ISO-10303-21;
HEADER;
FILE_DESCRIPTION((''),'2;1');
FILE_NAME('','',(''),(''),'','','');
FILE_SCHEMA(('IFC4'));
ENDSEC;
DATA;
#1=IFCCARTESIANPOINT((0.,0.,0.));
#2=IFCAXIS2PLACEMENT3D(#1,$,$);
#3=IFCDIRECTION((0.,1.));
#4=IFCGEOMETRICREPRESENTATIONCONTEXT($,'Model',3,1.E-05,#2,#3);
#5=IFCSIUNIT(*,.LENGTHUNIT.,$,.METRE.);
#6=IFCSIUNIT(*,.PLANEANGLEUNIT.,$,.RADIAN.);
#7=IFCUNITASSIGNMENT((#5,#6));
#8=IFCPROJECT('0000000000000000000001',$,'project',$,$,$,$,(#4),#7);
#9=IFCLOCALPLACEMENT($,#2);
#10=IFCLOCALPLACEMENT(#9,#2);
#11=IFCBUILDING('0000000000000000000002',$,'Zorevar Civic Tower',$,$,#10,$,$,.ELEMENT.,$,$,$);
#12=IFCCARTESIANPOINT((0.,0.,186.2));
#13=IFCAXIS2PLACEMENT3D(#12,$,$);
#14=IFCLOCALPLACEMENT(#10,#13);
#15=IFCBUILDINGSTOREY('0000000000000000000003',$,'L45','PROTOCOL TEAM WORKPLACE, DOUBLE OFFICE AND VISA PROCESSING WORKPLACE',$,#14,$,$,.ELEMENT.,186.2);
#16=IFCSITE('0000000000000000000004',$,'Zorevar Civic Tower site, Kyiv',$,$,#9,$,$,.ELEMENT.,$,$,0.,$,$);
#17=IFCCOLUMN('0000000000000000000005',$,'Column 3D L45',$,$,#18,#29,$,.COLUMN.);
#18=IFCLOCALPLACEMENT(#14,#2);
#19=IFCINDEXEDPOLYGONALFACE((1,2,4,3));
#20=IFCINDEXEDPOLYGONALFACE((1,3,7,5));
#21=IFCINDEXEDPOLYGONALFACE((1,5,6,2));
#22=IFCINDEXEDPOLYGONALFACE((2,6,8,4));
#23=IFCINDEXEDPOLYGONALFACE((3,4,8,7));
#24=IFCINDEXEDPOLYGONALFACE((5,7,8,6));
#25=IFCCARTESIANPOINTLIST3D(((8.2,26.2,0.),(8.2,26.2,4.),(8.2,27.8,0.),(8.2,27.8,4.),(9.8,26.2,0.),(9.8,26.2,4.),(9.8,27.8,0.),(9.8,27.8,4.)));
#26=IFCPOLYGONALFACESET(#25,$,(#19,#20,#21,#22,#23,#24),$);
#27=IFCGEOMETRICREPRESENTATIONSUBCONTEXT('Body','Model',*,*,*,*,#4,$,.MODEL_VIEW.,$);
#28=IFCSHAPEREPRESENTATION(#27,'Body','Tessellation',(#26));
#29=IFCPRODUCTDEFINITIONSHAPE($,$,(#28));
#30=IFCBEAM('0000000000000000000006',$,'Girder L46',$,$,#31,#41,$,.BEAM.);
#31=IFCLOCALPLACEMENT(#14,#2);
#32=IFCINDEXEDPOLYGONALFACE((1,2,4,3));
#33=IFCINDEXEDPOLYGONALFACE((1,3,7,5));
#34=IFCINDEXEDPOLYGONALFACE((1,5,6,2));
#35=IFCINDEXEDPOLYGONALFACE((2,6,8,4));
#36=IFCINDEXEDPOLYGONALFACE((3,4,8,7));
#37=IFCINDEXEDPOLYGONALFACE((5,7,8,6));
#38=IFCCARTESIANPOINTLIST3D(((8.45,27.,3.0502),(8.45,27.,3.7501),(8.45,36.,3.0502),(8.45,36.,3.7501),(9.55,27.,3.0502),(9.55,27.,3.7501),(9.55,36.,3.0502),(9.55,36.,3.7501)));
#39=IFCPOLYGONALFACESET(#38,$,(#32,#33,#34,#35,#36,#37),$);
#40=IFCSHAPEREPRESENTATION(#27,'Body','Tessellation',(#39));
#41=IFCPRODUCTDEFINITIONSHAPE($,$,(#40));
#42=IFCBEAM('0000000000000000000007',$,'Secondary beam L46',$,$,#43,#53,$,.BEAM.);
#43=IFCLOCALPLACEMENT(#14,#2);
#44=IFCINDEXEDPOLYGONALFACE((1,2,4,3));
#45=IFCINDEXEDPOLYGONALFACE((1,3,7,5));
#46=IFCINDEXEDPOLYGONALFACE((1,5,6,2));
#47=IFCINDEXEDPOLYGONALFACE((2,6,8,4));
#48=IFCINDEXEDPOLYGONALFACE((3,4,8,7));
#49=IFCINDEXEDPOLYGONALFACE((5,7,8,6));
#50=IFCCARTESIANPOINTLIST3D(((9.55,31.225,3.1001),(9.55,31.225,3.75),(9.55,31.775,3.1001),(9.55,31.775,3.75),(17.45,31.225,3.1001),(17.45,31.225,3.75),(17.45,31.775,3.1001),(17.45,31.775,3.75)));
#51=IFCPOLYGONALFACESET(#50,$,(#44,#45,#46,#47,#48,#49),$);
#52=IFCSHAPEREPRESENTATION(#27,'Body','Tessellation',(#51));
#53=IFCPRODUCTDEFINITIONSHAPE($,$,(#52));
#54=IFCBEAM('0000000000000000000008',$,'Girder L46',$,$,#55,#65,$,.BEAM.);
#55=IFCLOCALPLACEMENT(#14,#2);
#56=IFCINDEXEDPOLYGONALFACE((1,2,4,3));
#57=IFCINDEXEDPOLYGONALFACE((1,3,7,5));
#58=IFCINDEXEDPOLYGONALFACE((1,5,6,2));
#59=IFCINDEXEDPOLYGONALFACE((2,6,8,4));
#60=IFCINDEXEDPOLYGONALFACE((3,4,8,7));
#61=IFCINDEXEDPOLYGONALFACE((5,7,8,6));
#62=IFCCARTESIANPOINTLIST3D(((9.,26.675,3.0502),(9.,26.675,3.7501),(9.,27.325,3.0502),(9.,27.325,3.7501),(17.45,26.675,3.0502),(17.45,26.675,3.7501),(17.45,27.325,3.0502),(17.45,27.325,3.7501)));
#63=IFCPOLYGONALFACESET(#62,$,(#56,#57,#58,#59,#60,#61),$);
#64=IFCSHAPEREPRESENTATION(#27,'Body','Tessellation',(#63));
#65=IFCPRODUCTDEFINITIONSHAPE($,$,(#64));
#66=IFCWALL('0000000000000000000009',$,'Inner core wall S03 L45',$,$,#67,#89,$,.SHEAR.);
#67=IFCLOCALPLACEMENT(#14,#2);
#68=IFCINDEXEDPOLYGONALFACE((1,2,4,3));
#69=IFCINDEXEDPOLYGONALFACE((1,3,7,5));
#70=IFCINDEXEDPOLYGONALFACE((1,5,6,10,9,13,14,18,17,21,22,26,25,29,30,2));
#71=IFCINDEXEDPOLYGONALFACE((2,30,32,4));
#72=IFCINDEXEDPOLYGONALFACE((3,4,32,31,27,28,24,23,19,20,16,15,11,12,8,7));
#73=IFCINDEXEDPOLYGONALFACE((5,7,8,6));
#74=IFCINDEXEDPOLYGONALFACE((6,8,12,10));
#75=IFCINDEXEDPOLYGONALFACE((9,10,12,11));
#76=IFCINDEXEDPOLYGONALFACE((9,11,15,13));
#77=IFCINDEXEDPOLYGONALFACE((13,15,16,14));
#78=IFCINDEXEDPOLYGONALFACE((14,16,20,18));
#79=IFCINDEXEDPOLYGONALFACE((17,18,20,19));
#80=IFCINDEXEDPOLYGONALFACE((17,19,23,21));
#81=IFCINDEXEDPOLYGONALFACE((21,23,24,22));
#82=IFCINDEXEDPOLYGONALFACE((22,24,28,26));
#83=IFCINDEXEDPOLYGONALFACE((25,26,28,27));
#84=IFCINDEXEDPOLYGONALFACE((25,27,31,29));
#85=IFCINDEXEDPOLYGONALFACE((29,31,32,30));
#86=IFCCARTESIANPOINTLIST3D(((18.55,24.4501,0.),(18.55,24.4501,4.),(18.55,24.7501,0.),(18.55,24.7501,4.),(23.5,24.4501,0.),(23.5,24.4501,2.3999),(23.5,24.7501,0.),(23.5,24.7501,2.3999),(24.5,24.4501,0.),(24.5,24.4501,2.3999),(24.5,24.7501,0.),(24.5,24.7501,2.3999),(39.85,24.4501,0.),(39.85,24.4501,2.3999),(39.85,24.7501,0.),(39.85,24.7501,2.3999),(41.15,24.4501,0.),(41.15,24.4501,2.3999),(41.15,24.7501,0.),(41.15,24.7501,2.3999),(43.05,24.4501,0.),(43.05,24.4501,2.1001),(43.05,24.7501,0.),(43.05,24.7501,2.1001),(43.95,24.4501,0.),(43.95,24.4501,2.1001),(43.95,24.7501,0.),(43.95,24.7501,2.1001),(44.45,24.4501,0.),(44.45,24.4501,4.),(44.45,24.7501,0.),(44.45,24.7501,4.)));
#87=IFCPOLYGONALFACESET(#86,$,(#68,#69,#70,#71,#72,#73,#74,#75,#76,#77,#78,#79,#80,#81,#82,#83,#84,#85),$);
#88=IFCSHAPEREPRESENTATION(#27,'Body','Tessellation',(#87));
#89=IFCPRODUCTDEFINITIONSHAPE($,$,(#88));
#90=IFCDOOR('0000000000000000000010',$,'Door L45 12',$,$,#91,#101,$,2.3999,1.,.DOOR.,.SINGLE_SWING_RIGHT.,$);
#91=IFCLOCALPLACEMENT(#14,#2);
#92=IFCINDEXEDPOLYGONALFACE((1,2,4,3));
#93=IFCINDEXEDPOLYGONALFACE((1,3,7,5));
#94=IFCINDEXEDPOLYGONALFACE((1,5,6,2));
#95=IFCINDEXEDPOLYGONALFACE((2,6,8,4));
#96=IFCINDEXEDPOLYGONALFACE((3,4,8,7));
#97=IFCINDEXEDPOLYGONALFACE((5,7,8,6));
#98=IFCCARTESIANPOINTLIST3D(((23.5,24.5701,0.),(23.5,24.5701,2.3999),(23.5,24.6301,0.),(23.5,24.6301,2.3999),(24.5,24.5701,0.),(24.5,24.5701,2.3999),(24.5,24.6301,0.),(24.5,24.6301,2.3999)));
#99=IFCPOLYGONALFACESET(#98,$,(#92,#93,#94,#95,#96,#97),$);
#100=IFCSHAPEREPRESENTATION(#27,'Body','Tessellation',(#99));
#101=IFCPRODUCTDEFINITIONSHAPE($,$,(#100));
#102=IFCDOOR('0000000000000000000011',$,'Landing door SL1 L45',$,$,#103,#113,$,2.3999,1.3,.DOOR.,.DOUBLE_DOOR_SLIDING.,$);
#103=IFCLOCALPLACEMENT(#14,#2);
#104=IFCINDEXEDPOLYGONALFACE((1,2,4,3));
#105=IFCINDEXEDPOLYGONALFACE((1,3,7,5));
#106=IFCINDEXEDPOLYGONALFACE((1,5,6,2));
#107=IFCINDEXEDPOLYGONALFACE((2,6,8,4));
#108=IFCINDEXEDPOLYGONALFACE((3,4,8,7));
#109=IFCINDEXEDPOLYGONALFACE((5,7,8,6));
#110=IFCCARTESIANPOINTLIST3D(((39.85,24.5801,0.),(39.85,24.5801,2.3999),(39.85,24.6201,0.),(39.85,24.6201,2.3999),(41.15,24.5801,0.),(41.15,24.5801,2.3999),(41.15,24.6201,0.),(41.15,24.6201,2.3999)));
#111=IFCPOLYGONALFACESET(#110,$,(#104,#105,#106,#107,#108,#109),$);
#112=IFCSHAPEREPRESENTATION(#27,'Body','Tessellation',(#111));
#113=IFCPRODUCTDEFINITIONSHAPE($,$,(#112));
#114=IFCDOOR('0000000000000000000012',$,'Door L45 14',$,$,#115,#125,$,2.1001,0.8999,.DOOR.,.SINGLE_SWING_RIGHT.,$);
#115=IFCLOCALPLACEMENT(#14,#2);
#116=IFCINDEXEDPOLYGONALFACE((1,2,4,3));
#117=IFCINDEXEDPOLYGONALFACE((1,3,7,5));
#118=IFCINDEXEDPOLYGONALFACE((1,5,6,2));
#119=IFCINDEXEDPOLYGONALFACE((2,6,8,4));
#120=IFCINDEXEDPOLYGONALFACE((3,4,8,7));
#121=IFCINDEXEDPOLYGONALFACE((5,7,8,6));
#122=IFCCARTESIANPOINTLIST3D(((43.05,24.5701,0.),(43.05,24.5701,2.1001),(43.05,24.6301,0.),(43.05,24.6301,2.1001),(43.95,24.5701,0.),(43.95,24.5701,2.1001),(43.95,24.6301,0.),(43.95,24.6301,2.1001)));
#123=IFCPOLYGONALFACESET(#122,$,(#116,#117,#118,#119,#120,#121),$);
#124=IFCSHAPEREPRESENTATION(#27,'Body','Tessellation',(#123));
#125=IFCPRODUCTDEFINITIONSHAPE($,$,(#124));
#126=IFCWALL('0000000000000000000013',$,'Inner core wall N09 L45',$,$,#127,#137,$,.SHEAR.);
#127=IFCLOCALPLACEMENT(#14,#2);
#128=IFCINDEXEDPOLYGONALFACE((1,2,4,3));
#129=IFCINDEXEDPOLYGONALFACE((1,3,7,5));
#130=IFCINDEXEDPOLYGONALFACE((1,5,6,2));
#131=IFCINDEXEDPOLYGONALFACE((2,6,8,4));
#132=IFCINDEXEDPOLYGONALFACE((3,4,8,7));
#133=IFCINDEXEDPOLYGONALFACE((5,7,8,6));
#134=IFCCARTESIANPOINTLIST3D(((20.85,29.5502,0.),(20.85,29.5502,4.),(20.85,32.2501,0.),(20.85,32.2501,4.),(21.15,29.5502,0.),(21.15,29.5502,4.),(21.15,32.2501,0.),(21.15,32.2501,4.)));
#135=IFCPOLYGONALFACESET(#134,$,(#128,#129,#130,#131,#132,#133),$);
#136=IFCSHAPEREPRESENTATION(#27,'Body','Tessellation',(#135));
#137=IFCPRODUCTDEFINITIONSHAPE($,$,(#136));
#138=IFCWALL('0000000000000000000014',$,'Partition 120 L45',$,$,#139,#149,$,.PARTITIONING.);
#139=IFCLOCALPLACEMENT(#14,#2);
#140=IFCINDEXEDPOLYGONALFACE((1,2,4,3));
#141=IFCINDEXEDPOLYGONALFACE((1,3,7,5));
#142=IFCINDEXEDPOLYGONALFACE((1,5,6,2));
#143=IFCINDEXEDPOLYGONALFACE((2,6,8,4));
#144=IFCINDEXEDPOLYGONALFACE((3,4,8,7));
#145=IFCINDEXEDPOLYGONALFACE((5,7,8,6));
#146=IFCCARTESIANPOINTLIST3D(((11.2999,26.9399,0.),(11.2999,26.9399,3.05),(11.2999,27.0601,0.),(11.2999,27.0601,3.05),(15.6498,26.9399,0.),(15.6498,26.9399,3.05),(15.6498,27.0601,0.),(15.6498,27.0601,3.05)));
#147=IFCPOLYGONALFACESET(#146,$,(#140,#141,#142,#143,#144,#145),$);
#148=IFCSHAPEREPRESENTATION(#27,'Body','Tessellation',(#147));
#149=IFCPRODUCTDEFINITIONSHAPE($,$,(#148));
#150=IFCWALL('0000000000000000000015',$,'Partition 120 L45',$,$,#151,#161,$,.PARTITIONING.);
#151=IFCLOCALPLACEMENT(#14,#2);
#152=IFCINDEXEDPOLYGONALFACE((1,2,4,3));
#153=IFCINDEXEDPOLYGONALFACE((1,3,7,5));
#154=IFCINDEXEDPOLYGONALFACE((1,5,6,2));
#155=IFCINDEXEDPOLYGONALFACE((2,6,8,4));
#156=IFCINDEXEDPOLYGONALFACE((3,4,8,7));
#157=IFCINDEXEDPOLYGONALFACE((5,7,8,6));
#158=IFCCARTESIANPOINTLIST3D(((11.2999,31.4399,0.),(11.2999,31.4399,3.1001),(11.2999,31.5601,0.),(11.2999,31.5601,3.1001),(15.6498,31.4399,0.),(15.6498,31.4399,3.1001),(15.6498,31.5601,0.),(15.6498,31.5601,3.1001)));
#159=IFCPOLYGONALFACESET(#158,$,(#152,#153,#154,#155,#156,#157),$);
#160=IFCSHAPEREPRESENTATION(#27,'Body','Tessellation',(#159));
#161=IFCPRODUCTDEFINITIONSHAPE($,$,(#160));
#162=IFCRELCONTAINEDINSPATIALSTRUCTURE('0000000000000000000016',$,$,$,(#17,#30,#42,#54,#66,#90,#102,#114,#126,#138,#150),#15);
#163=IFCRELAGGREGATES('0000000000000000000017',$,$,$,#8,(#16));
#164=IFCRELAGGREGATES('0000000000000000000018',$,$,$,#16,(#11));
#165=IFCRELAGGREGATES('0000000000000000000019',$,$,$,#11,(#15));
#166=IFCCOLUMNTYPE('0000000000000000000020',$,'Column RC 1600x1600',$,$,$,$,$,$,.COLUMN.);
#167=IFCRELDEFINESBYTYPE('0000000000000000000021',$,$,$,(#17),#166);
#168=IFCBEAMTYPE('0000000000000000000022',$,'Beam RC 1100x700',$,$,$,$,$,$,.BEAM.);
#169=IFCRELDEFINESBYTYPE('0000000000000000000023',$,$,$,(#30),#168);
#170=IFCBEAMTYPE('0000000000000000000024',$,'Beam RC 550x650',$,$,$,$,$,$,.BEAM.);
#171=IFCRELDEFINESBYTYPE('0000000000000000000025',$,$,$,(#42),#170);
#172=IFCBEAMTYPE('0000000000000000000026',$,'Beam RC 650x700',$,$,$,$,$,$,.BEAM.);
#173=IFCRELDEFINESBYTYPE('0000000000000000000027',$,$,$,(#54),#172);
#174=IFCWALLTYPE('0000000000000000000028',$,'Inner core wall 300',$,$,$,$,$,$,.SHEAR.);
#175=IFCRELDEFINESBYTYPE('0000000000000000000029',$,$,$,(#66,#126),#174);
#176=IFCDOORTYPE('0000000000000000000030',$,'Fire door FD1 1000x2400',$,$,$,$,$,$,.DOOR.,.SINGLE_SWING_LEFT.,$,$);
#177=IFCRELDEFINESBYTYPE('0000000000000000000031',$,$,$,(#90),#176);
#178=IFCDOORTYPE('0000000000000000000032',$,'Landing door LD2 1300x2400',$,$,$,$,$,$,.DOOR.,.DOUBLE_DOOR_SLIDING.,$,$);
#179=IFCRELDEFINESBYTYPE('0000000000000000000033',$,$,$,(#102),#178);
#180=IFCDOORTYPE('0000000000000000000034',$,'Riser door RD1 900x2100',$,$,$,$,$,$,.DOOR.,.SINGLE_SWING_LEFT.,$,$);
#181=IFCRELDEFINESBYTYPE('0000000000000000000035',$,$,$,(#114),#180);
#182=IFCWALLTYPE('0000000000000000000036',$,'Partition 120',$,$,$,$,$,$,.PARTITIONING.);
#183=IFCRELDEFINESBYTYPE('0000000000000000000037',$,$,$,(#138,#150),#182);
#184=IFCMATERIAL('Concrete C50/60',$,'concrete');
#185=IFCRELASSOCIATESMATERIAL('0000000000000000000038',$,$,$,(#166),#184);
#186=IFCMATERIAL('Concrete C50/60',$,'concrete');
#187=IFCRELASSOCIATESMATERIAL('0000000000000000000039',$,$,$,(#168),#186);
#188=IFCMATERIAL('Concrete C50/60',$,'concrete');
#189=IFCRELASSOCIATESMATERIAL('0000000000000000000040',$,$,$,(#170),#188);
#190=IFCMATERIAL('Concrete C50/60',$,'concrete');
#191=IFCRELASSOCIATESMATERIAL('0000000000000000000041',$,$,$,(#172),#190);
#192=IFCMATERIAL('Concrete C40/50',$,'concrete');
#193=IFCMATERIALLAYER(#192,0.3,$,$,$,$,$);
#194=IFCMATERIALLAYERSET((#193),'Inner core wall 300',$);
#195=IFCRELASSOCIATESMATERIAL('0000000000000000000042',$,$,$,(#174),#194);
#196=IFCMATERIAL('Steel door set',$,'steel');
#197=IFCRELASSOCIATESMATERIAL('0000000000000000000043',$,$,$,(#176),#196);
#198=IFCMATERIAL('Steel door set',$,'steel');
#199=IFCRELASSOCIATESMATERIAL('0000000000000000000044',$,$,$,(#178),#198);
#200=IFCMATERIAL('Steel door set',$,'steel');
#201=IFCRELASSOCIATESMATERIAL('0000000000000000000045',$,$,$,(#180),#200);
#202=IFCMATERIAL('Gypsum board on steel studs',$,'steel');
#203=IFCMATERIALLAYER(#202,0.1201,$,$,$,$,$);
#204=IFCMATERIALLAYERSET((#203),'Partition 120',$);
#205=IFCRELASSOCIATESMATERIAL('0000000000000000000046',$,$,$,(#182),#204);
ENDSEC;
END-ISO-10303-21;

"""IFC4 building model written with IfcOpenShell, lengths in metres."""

from ifc_helpers import new_model, si_unit, direction, frame, frame_2d, origin, origin_2d, place, context, subcontext, project, spatial, rectangle, extrude, material, layer, layer_set, material_profile, profile_set, type_object, element, fill, save


model = new_model("IFC4")

# Units and contexts
model_context = context("Model", 3, precision=1e-05, world=origin(), true_north=direction((0.0, 1.0)))
body_context = subcontext(model_context, "Body", "Model", "MODEL_VIEW")
ifc_project = project(units=[si_unit("LENGTHUNIT", "METRE"), si_unit("PLANEANGLEUNIT", "RADIAN")], contexts=[model_context])

# Site, building, storey
site_placement = place(None, origin())
site = spatial("IfcSite", under=ifc_project, at=site_placement, Name="Zorevar Civic Tower site, Kyiv", CompositionType="ELEMENT", RefElevation=0.0)
building_placement = place(site_placement, origin())
building = spatial("IfcBuilding", under=site, at=building_placement, Name="Zorevar Civic Tower", CompositionType="ELEMENT")
storey_placement = place(building_placement, frame((0.0, 0.0, 186.2)))
storey = spatial("IfcBuildingStorey", under=building, at=storey_placement, Name="L45", Description="PROTOCOL TEAM WORKPLACE, DOUBLE OFFICE AND VISA PROCESSING WORKPLACE", CompositionType="ELEMENT", Elevation=186.2)

# Column
ifc_material_1 = material(Name="Concrete C50/60", Category="concrete")
ifc_material_profile_1 = material_profile(ifc_material_1, rectangle(XDim=1.6001, YDim=1.6001, at=origin_2d()), Name="RC 1600x1600")
ifc_profile_set_1 = profile_set([ifc_material_profile_1], Name="Concrete C50/60")
column_type = type_object("IfcColumnType", Name="Column RC 1600x1600", PredefinedType="COLUMN", material=ifc_profile_set_1)
column_placement = place(storey_placement, frame((9.0, 27.0, 0.0), z_axis=(0.0, 0.0, 1.0), x_axis=(1.0, 0.0, 0.0)))
element("IfcColumn", 1, at=column_placement, inside=storey, type_object=column_type, Name="Column 3D L45", PredefinedType="COLUMN", context=body_context, shape_type="SweptSolid", body=[
    extrude(rectangle(XDim=1.6001, YDim=1.6001, at=origin_2d()), origin(), (0.0, 0.0, 1.0), 4.0),
])

# Beams
ifc_material_2 = material(Name="Concrete C50/60", Category="concrete")
ifc_material_profile_2 = material_profile(ifc_material_2, rectangle(XDim=1.1001, YDim=0.7, at=origin_2d()), Name="RC 1100x700")
ifc_profile_set_2 = profile_set([ifc_material_profile_2], Name="Concrete C50/60")
beam_type_1 = type_object("IfcBeamType", Name="Beam RC 1100x700", PredefinedType="BEAM", material=ifc_profile_set_2)
beam_1_placement = place(storey_placement, frame((9.0, 27.0, 3.4001), z_axis=(0.0, 1.0, 0.0), x_axis=(-1.0, 0.0, 0.0)))
element("IfcBeam", 2, at=beam_1_placement, inside=storey, type_object=beam_type_1, Name="Girder L46", PredefinedType="BEAM", context=body_context, shape_type="SweptSolid", body=[
    extrude(rectangle(XDim=1.1001, YDim=0.7, at=origin_2d()), origin(), (0.0, 0.0, 1.0), 9.0),
])
ifc_material_3 = material(Name="Concrete C50/60", Category="concrete")
ifc_material_profile_3 = material_profile(ifc_material_3, rectangle(XDim=0.55, YDim=0.6499, at=origin_2d()), Name="RC 550x650")
ifc_profile_set_3 = profile_set([ifc_material_profile_3], Name="Concrete C50/60")
beam_type_2 = type_object("IfcBeamType", Name="Beam RC 550x650", PredefinedType="BEAM", material=ifc_profile_set_3)
beam_2_placement = place(storey_placement, frame((9.55, 31.5, 3.425), z_axis=(1.0, 0.0, 0.0), x_axis=(0.0, 1.0, 0.0)))
element("IfcBeam", 3, at=beam_2_placement, inside=storey, type_object=beam_type_2, Name="Secondary beam L46", PredefinedType="BEAM", context=body_context, shape_type="SweptSolid", body=[
    extrude(rectangle(XDim=0.55, YDim=0.6499, at=origin_2d()), origin(), (0.0, 0.0, 1.0), 7.8999),
])
ifc_material_4 = material(Name="Concrete C50/60", Category="concrete")
ifc_material_profile_4 = material_profile(ifc_material_4, rectangle(XDim=0.6499, YDim=0.7, at=origin_2d()), Name="RC 650x700")
ifc_profile_set_4 = profile_set([ifc_material_profile_4], Name="Concrete C50/60")
beam_type_3 = type_object("IfcBeamType", Name="Beam RC 650x700", PredefinedType="BEAM", material=ifc_profile_set_4)
beam_3_placement = place(storey_placement, frame((9.0, 27.0, 3.4001), z_axis=(1.0, 0.0, 0.0), x_axis=(0.0, 1.0, 0.0)))
element("IfcBeam", 4, at=beam_3_placement, inside=storey, type_object=beam_type_3, Name="Girder L46", PredefinedType="BEAM", context=body_context, shape_type="SweptSolid", body=[
    extrude(rectangle(XDim=0.6499, YDim=0.7, at=origin_2d()), origin(), (0.0, 0.0, 1.0), 8.45),
])

# Wall, openings, doors
ifc_material_5 = material(Name="Concrete C40/50", Category="concrete")
ifc_layer_1 = layer(ifc_material_5, 0.3)
ifc_layer_set_1 = layer_set([ifc_layer_1], Name="Inner core wall 300")
wall_type_1 = type_object("IfcWallType", Name="Inner core wall 300", PredefinedType="SHEAR", material=ifc_layer_set_1)
wall_1_placement = place(storey_placement, frame((18.55, 24.6001, 0.0), z_axis=(0.0, 0.0, 1.0), x_axis=(1.0, 0.0, 0.0)))
wall_1 = element("IfcWall", 5, at=wall_1_placement, inside=storey, type_object=wall_type_1, Name="Inner core wall S03 L45", PredefinedType="SHEAR", context=body_context, shape_type="SweptSolid", body=[
    extrude(rectangle(XDim=25.8999, YDim=0.3, at=frame_2d((12.95, 0.0))), origin(), (0.0, 0.0, 1.0), 4.0),
])
opening_1_placement = place(wall_1_placement, frame((4.95, 0.0, 0.0)))
opening_1 = element("IfcOpeningElement", 6, at=opening_1_placement, cuts=wall_1, PredefinedType="OPENING", context=body_context, shape_type="SweptSolid", body=[
    extrude(rectangle(XDim=1.0, YDim=2.3999, at=frame_2d((0.5, 1.2))), frame((0.0, 0.1599, 0.0), z_axis=(0.0, -1.0, 0.0), x_axis=(1.0, 0.0, 0.0)), (0.0, 0.0, 1.0), 0.3201),
])
opening_2_placement = place(wall_1_placement, frame((24.5, 0.0, 0.0)))
opening_2 = element("IfcOpeningElement", 7, at=opening_2_placement, cuts=wall_1, PredefinedType="OPENING", context=body_context, shape_type="SweptSolid", body=[
    extrude(rectangle(XDim=0.8999, YDim=2.1001, at=frame_2d((0.45, 1.05))), frame((0.0, 0.1599, 0.0), z_axis=(0.0, -1.0, 0.0), x_axis=(1.0, 0.0, 0.0)), (0.0, 0.0, 1.0), 0.3201),
])
opening_3_placement = place(wall_1_placement, frame((21.3, 0.0, 0.0)))
opening_3 = element("IfcOpeningElement", 8, at=opening_3_placement, cuts=wall_1, PredefinedType="OPENING", context=body_context, shape_type="SweptSolid", body=[
    extrude(rectangle(XDim=1.3, YDim=2.3999, at=frame_2d((0.6499, 1.2))), frame((0.0, 0.1599, 0.0), z_axis=(0.0, -1.0, 0.0), x_axis=(1.0, 0.0, 0.0)), (0.0, 0.0, 1.0), 0.3201),
])
ifc_material_6 = material(Name="Steel door set", Category="steel")
door_type_1 = type_object("IfcDoorType", Name="Fire door FD1 1000x2400", OperationType="SINGLE_SWING_LEFT", PredefinedType="DOOR", material=ifc_material_6)
door_1_placement = place(opening_1_placement, origin())
door_1 = element("IfcDoor", 9, at=door_1_placement, inside=storey, type_object=door_type_1, Name="Door L45 12", OperationType="SINGLE_SWING_RIGHT", OverallHeight=2.3999, OverallWidth=1.0, PredefinedType="DOOR", context=body_context, shape_type="SweptSolid", body=[
    extrude(rectangle(XDim=1.0, YDim=2.3999, at=frame_2d((0.5, 1.2))), frame((0.0, 0.03, 0.0), z_axis=(0.0, -1.0, 0.0), x_axis=(1.0, 0.0, 0.0)), (0.0, 0.0, 1.0), 0.0601),
])
fill(opening_1, door_1)
ifc_material_7 = material(Name="Steel door set", Category="steel")
door_type_2 = type_object("IfcDoorType", Name="Landing door LD2 1300x2400", OperationType="DOUBLE_DOOR_SLIDING", PredefinedType="DOOR", material=ifc_material_7)
door_2_placement = place(opening_3_placement, origin())
door_2 = element("IfcDoor", 10, at=door_2_placement, inside=storey, type_object=door_type_2, Name="Landing door SL1 L45", OperationType="DOUBLE_DOOR_SLIDING", OverallHeight=2.3999, OverallWidth=1.3, PredefinedType="DOOR", context=body_context, shape_type="SweptSolid", body=[
    extrude(rectangle(XDim=1.3, YDim=2.3999, at=frame_2d((0.6499, 1.2))), frame((0.0, 0.02, 0.0), z_axis=(0.0, -1.0, 0.0), x_axis=(1.0, 0.0, 0.0)), (0.0, 0.0, 1.0), 0.04),
])
fill(opening_3, door_2)
ifc_material_8 = material(Name="Steel door set", Category="steel")
door_type_3 = type_object("IfcDoorType", Name="Riser door RD1 900x2100", OperationType="SINGLE_SWING_LEFT", PredefinedType="DOOR", material=ifc_material_8)
door_3_placement = place(opening_2_placement, origin())
door_3 = element("IfcDoor", 11, at=door_3_placement, inside=storey, type_object=door_type_3, Name="Door L45 14", OperationType="SINGLE_SWING_RIGHT", OverallHeight=2.1001, OverallWidth=0.8999, PredefinedType="DOOR", context=body_context, shape_type="SweptSolid", body=[
    extrude(rectangle(XDim=0.8999, YDim=2.1001, at=frame_2d((0.45, 1.05))), frame((0.0, 0.03, 0.0), z_axis=(0.0, -1.0, 0.0), x_axis=(1.0, 0.0, 0.0)), (0.0, 0.0, 1.0), 0.0601),
])
fill(opening_2, door_3)

# Walls
wall_2_placement = place(storey_placement, frame((21.0, 29.55, 0.0), z_axis=(0.0, 0.0, 1.0), x_axis=(0.0, 1.0, 0.0)))
element("IfcWall", 12, at=wall_2_placement, inside=storey, type_object=wall_type_1, Name="Inner core wall N09 L45", PredefinedType="SHEAR", context=body_context, shape_type="SweptSolid", body=[
    extrude(rectangle(XDim=2.7, YDim=0.3, at=frame_2d((1.3501, 0.0))), origin(), (0.0, 0.0, 1.0), 4.0),
])
ifc_material_9 = material(Name="Gypsum board on steel studs", Category="steel")
ifc_layer_2 = layer(ifc_material_9, 0.1201)
ifc_layer_set_2 = layer_set([ifc_layer_2], Name="Partition 120")
wall_type_2 = type_object("IfcWallType", Name="Partition 120", PredefinedType="PARTITIONING", material=ifc_layer_set_2)
wall_3_placement = place(storey_placement, frame((11.3, 27.0, 0.0), z_axis=(0.0, 0.0, 1.0), x_axis=(1.0, 0.0, 0.0)))
element("IfcWall", 13, at=wall_3_placement, inside=storey, type_object=wall_type_2, Name="Partition 120 L45", PredefinedType="PARTITIONING", context=body_context, shape_type="SweptSolid", body=[
    extrude(rectangle(XDim=4.3499, YDim=0.1201, at=frame_2d((2.1748, 0.0))), origin(), (0.0, 0.0, 1.0), 3.05),
])
wall_4_placement = place(storey_placement, frame((11.3, 31.5, 0.0), z_axis=(0.0, 0.0, 1.0), x_axis=(1.0, 0.0, 0.0)))
element("IfcWall", 14, at=wall_4_placement, inside=storey, type_object=wall_type_2, Name="Partition 120 L45", PredefinedType="PARTITIONING", context=body_context, shape_type="SweptSolid", body=[
    extrude(rectangle(XDim=4.3499, YDim=0.1201, at=frame_2d((2.1748, 0.0))), origin(), (0.0, 0.0, 1.0), 3.1001),
])

save(model, "model.ifc")
